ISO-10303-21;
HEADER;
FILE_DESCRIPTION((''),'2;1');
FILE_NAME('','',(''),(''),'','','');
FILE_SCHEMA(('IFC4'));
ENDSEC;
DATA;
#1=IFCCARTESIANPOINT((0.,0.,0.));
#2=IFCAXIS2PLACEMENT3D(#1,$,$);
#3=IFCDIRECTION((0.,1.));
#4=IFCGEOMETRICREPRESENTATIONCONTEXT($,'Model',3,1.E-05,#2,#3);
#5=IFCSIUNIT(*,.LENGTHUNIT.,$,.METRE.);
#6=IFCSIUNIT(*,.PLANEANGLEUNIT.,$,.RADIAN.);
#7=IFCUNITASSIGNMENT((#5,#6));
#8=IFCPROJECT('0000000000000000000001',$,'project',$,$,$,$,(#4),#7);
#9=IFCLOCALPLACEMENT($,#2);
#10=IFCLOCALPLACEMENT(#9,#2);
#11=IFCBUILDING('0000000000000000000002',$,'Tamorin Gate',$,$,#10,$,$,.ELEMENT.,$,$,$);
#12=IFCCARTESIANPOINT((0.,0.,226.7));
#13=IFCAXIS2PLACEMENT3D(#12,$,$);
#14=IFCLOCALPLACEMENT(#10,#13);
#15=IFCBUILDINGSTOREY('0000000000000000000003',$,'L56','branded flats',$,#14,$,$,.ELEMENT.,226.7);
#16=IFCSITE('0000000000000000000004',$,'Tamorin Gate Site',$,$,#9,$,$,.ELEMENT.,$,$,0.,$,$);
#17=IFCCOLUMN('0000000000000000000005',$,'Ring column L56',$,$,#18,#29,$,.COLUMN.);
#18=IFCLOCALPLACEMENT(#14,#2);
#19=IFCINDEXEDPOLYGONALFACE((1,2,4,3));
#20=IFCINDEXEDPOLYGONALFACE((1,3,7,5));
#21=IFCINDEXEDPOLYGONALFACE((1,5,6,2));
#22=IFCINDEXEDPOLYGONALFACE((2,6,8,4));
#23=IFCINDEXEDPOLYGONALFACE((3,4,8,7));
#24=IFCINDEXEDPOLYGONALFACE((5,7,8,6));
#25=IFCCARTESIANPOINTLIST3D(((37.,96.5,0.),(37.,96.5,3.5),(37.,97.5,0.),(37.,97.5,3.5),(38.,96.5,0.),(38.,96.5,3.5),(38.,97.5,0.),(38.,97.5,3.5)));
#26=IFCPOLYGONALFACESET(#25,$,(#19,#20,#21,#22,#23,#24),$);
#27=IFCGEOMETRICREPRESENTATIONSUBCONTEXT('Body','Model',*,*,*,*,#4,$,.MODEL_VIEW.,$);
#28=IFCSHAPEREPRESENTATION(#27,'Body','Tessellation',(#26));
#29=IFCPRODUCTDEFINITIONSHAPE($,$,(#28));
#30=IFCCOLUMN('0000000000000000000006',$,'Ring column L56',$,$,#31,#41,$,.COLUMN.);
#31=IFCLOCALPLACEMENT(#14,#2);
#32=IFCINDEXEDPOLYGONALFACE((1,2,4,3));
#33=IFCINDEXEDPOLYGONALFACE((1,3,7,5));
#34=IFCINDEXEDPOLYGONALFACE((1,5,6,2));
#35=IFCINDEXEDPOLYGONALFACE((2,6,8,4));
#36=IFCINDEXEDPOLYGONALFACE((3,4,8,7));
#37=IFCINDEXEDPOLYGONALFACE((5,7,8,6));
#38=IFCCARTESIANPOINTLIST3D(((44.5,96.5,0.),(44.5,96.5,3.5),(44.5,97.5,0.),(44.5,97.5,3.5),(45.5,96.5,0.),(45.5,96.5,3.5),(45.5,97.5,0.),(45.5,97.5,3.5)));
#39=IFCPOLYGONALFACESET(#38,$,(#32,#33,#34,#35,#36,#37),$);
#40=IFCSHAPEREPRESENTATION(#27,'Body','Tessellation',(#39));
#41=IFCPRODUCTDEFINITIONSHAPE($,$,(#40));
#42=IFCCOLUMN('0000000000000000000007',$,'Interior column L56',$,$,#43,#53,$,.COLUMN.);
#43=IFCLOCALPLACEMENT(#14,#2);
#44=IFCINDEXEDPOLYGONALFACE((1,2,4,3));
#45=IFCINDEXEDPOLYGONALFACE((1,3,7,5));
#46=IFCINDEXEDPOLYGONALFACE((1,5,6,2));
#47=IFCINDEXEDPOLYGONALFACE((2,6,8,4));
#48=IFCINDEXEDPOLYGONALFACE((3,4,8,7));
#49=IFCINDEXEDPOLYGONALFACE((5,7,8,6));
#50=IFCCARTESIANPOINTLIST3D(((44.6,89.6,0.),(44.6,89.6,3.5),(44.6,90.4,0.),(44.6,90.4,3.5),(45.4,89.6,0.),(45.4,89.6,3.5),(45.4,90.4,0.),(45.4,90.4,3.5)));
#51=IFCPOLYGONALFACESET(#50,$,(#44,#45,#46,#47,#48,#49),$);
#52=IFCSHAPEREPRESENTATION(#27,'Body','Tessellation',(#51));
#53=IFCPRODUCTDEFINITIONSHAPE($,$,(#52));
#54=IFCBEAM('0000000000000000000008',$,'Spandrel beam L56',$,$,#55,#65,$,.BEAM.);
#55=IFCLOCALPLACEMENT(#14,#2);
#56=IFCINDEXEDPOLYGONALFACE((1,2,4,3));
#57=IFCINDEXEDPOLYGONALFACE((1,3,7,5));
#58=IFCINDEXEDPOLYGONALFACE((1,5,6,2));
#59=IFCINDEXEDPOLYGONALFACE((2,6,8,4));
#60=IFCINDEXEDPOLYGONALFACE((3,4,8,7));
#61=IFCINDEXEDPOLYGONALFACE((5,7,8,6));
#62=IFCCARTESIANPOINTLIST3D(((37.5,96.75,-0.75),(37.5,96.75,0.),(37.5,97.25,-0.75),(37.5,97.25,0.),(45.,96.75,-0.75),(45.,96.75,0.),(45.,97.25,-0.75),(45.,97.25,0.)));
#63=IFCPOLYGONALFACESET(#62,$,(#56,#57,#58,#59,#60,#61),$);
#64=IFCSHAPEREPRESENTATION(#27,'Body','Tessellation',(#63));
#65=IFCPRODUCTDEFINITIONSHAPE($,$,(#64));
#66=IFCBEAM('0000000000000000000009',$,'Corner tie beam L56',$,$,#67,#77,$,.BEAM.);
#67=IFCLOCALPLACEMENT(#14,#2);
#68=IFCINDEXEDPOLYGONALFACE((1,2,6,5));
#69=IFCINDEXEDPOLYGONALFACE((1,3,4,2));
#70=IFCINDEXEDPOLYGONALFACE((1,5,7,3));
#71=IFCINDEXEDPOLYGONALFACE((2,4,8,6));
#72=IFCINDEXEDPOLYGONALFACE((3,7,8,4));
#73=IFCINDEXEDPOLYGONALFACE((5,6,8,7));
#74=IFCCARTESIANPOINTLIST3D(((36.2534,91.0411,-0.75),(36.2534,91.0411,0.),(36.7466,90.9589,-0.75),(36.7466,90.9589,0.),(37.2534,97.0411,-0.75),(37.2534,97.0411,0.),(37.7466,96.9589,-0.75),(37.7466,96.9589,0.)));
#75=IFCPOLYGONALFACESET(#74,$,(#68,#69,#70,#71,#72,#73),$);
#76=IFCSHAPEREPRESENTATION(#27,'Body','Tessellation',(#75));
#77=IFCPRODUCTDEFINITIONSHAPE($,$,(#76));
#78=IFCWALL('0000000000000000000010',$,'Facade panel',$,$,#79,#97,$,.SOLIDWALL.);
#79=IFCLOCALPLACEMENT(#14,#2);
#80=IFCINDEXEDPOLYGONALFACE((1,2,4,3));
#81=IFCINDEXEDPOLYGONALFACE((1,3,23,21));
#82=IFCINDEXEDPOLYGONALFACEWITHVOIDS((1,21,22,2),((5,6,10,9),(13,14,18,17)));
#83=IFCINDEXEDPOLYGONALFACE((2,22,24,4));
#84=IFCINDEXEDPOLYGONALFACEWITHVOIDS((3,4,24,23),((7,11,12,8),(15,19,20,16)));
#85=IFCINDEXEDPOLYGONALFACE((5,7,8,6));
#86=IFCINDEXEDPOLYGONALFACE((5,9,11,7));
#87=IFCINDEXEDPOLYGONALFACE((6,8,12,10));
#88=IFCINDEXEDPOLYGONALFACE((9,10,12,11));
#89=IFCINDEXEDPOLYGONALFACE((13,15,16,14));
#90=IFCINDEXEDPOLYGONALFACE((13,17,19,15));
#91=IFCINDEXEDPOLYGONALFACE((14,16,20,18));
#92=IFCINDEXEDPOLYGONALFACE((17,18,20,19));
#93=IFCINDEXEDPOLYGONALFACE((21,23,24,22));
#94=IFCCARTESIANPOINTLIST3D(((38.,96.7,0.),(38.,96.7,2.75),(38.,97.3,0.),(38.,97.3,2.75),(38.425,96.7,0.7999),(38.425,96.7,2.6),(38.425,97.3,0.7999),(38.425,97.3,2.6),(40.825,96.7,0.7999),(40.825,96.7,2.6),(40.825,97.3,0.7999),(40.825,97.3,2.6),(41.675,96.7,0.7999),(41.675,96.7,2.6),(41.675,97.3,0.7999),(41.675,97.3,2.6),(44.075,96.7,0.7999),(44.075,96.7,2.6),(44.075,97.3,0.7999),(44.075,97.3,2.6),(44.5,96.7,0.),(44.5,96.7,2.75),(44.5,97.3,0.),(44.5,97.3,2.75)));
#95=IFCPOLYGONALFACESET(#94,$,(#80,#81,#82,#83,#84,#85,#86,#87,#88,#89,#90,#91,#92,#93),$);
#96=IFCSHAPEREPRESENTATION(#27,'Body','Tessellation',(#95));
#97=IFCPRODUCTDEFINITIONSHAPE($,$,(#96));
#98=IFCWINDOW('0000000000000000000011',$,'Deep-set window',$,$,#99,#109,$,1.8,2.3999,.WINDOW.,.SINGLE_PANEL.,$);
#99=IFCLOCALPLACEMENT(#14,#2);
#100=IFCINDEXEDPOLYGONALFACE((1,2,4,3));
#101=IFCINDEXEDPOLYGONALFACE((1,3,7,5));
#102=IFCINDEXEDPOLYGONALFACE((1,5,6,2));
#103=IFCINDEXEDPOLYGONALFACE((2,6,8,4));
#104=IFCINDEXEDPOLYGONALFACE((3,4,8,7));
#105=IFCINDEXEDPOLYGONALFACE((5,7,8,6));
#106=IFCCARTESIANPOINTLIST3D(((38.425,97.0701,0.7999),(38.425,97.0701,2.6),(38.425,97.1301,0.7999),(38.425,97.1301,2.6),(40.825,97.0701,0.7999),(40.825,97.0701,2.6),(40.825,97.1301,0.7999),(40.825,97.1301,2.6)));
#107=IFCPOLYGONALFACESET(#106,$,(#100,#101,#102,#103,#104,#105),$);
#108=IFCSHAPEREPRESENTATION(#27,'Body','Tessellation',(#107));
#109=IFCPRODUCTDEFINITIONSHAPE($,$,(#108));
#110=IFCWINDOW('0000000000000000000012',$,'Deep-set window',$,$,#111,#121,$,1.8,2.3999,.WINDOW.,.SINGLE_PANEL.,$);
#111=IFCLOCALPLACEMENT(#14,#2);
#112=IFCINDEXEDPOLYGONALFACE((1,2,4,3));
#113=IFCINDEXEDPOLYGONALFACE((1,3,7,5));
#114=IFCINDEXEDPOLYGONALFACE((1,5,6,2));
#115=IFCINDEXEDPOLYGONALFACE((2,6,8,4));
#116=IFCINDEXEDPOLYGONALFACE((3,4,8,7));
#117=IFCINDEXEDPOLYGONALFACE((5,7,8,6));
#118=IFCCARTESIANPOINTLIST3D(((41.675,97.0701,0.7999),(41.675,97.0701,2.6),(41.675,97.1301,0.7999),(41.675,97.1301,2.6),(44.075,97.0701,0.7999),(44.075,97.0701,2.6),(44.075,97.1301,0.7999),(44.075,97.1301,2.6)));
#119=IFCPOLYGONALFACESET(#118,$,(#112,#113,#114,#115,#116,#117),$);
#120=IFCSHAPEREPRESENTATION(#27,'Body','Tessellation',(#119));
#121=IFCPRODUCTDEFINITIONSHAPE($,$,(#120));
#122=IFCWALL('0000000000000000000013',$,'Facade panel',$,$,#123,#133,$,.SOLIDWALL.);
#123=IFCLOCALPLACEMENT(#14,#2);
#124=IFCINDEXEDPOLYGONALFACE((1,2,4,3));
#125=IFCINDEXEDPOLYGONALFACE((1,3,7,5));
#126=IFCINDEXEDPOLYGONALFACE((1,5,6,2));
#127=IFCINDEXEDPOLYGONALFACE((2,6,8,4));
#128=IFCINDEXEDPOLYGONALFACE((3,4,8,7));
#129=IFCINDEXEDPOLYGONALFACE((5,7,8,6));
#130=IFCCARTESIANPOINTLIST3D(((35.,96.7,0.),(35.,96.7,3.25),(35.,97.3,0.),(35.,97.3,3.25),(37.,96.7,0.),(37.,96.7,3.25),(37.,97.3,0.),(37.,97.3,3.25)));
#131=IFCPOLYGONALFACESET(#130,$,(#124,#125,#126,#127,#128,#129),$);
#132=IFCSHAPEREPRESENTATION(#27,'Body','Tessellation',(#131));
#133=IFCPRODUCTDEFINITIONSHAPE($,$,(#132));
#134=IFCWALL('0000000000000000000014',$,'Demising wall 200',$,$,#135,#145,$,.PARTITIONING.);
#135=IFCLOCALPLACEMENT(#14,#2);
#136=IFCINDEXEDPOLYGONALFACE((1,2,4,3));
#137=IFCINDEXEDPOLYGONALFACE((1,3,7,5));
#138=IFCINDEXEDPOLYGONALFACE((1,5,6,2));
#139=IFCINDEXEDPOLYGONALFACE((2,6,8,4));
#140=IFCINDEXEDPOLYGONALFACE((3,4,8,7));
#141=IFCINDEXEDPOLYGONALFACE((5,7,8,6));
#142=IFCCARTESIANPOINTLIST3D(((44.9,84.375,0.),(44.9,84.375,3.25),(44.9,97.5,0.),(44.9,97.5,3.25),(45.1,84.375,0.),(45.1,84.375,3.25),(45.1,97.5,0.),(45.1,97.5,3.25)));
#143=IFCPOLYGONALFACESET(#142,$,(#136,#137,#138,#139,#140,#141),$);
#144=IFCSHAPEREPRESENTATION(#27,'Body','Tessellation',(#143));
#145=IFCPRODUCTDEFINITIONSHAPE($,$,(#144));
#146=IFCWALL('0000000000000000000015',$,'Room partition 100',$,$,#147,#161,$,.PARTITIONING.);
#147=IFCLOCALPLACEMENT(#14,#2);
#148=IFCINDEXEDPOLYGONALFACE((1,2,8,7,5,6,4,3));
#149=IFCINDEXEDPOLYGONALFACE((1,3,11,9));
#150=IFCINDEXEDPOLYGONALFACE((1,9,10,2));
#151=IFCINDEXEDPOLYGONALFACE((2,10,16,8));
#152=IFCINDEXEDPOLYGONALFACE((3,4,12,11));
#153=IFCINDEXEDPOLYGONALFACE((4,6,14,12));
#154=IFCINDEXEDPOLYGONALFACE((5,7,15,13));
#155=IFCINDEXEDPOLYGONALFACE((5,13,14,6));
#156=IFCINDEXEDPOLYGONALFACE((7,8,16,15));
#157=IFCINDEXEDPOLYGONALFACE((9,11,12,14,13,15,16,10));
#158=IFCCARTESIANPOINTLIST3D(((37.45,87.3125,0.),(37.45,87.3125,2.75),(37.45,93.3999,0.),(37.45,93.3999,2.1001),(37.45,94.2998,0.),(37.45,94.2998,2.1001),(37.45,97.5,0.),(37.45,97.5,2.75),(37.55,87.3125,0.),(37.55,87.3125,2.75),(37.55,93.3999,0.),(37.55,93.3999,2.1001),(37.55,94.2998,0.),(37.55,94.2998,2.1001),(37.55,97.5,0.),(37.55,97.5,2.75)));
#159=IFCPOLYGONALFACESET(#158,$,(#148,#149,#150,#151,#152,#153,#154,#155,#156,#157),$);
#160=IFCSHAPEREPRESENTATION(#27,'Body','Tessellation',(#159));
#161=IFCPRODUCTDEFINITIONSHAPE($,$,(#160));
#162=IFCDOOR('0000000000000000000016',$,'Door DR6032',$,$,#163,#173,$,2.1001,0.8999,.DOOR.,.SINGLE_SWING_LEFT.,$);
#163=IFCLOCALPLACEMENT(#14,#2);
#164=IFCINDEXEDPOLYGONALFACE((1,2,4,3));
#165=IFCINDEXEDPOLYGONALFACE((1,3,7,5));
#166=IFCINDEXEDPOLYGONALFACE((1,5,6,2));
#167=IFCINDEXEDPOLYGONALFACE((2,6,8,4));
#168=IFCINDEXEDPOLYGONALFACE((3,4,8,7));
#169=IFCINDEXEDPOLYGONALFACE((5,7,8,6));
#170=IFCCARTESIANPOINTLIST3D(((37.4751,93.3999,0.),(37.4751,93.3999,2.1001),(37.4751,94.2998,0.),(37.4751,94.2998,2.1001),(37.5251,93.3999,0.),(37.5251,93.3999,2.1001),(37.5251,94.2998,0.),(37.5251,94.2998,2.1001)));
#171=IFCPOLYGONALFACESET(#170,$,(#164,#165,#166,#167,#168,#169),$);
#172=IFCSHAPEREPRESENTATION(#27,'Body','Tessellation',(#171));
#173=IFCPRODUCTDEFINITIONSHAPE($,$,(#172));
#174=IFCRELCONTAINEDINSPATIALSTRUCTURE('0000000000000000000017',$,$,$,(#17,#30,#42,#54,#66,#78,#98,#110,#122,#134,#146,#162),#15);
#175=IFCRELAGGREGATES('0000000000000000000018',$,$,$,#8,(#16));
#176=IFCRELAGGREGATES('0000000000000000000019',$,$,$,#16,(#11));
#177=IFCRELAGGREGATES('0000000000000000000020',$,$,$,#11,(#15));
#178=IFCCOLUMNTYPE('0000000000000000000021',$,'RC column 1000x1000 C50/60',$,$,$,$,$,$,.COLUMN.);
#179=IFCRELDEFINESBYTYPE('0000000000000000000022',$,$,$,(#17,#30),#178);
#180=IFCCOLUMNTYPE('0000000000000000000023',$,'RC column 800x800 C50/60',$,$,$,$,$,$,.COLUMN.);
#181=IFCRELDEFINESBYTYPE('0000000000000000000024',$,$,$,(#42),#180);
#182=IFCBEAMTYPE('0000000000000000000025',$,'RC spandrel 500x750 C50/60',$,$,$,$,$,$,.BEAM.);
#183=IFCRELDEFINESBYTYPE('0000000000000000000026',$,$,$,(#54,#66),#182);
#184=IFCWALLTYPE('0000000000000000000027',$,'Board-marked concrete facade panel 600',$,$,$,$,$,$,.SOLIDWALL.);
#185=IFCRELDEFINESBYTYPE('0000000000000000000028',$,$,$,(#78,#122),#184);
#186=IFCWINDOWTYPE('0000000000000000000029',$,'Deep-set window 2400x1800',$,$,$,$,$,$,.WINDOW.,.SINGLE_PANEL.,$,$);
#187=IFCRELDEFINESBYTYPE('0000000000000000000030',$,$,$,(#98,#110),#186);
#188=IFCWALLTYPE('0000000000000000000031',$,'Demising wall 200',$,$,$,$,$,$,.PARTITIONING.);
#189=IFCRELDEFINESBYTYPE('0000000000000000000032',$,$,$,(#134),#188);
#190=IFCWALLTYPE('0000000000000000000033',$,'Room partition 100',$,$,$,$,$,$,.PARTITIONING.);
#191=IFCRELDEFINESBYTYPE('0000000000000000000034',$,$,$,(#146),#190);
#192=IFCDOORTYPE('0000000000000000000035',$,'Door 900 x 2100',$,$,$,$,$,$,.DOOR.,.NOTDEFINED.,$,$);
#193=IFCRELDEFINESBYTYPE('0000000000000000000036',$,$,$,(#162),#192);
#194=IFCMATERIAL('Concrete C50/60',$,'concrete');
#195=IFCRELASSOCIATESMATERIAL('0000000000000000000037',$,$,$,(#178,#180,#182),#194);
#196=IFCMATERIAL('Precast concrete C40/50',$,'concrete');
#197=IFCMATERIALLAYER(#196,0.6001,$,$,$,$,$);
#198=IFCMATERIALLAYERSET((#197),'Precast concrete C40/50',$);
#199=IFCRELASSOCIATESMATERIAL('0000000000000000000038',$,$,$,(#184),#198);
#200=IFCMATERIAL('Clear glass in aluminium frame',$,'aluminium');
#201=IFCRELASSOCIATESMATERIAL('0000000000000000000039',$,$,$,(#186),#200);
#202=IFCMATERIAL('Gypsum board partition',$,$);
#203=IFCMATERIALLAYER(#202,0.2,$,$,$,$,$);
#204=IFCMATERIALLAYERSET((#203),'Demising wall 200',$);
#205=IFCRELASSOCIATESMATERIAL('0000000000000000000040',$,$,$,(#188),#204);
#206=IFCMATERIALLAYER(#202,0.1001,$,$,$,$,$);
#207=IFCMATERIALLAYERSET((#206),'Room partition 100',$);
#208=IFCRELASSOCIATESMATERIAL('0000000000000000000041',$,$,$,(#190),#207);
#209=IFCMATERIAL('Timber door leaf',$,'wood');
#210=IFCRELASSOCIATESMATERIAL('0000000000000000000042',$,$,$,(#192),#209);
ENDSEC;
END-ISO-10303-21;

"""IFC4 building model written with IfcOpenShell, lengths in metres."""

from ifc_helpers import new_model, si_unit, direction, frame, frame_2d, origin, origin_2d, place, context, subcontext, project, spatial, rectangle, extrude, material, layer, layer_set, material_profile, profile_set, type_object, element, fill, save


model = new_model("IFC4")

# Units and contexts
model_context = context("Model", 3, precision=1e-05, world=origin(), true_north=direction((0.0, 1.0)))
body_context = subcontext(model_context, "Body", "Model", "MODEL_VIEW")
ifc_project = project(units=[si_unit("LENGTHUNIT", "METRE"), si_unit("PLANEANGLEUNIT", "RADIAN")], contexts=[model_context])

# Site, building, storey
site_placement = place(None, origin())
site = spatial("IfcSite", under=ifc_project, at=site_placement, Name="Tamorin Gate Site", CompositionType="ELEMENT", RefElevation=0.0)
building_placement = place(site_placement, origin())
building = spatial("IfcBuilding", under=site, at=building_placement, Name="Tamorin Gate", CompositionType="ELEMENT")
storey_placement = place(building_placement, frame((0.0, 0.0, 226.7)))
storey = spatial("IfcBuildingStorey", under=building, at=storey_placement, Name="L56", Description="branded flats", CompositionType="ELEMENT", Elevation=226.7)

# Columns
ifc_material_1 = material(Name="Concrete C50/60", Category="concrete")
ifc_material_profile_1 = material_profile(ifc_material_1, rectangle(XDim=1.0, YDim=1.0, at=origin_2d()), Name="RC 1000x1000")
ifc_profile_set_1 = profile_set([ifc_material_profile_1], Name="Concrete C50/60")
column_type_1 = type_object("IfcColumnType", Name="RC column 1000x1000 C50/60", PredefinedType="COLUMN", material=ifc_profile_set_1)
for number, where, z_axis, x_axis, name in (
    (1, (37.5, 97.0, 0.0), (0.0, 0.0, 1.0), (1.0, 0.0, 0.0), "Ring column L56"),
    (2, (45.0, 97.0, 0.0), (0.0, 0.0, 1.0), (1.0, 0.0, 0.0), "Ring column L56"),
):
    element("IfcColumn", number, at=place(storey_placement, frame(where, z_axis=z_axis, x_axis=x_axis)), inside=storey, type_object=column_type_1, Name=name, PredefinedType="COLUMN", context=body_context, shape_type="SweptSolid", body=[
        extrude(rectangle(XDim=1.0, YDim=1.0, at=origin_2d()), origin(), (0.0, 0.0, 1.0), 3.5),
    ])
ifc_material_profile_2 = material_profile(ifc_material_1, rectangle(XDim=0.8, YDim=0.8, at=origin_2d()), Name="RC 800x800")
ifc_profile_set_2 = profile_set([ifc_material_profile_2], Name="Concrete C50/60")
column_type_2 = type_object("IfcColumnType", Name="RC column 800x800 C50/60", PredefinedType="COLUMN", material=ifc_profile_set_2)
column_placement = place(storey_placement, frame((45.0, 90.0, 0.0), z_axis=(0.0, 0.0, 1.0), x_axis=(1.0, 0.0, 0.0)))
element("IfcColumn", 3, at=column_placement, inside=storey, type_object=column_type_2, Name="Interior column L56", PredefinedType="COLUMN", context=body_context, shape_type="SweptSolid", body=[
    extrude(rectangle(XDim=0.8, YDim=0.8, at=origin_2d()), origin(), (0.0, 0.0, 1.0), 3.5),
])

# Beams
ifc_material_profile_3 = material_profile(ifc_material_1, rectangle(XDim=0.5, YDim=0.75, at=origin_2d()), Name="RC 500x750")
ifc_profile_set_3 = profile_set([ifc_material_profile_3], Name="Concrete C50/60")
beam_type = type_object("IfcBeamType", Name="RC spandrel 500x750 C50/60", PredefinedType="BEAM", material=ifc_profile_set_3)
beam_1_placement = place(storey_placement, frame((45.0, 97.0, -0.375), z_axis=(-1.0, 0.0, 0.0), x_axis=(0.0, -1.0, 0.0)))
element("IfcBeam", 4, at=beam_1_placement, inside=storey, type_object=beam_type, Name="Spandrel beam L56", PredefinedType="BEAM", context=body_context, shape_type="SweptSolid", body=[
    extrude(rectangle(XDim=0.5, YDim=0.75, at=origin_2d()), origin(), (0.0, 0.0, 1.0), 7.5),
])
beam_2_placement = place(storey_placement, frame((36.5, 91.0, -0.375), z_axis=(0.164399, 0.986394, 0.0), x_axis=(-0.986394, 0.164399, 0.0)))
element("IfcBeam", 5, at=beam_2_placement, inside=storey, type_object=beam_type, Name="Corner tie beam L56", PredefinedType="BEAM", context=body_context, shape_type="SweptSolid", body=[
    extrude(rectangle(XDim=0.5, YDim=0.75, at=origin_2d()), origin(), (0.0, 0.0, 1.0), 6.0828),
])

# Wall, openings, windows
ifc_material_2 = material(Name="Precast concrete C40/50", Category="concrete")
ifc_layer_1 = layer(ifc_material_2, 0.6001)
ifc_layer_set_1 = layer_set([ifc_layer_1], Name="Precast concrete C40/50")
wall_type_1 = type_object("IfcWallType", Name="Board-marked concrete facade panel 600", PredefinedType="SOLIDWALL", material=ifc_layer_set_1)
wall_1_placement = place(storey_placement, frame((44.5, 97.0, 0.0), z_axis=(0.0, 0.0, 1.0), x_axis=(-1.0, 0.0, 0.0)))
wall_1 = element("IfcWall", 6, at=wall_1_placement, inside=storey, type_object=wall_type_1, Name="Facade panel", PredefinedType="SOLIDWALL", context=body_context, shape_type="SweptSolid", body=[
    extrude(rectangle(XDim=6.5, YDim=0.6001, at=frame_2d((3.25, 0.0))), origin(), (0.0, 0.0, 1.0), 2.75),
])
opening_1_placement = place(wall_1_placement, frame((3.675, 0.0, 0.8)))
opening_1 = element("IfcOpeningElement", 7, at=opening_1_placement, cuts=wall_1, PredefinedType="OPENING", context=body_context, shape_type="SweptSolid", body=[
    extrude(rectangle(XDim=2.3999, YDim=1.8, at=frame_2d((1.2, 0.8999))), frame((0.0, 0.3101, 0.0), z_axis=(0.0, -1.0, 0.0), x_axis=(1.0, 0.0, 0.0)), (0.0, 0.0, 1.0), 0.6201),
])
opening_2_placement = place(wall_1_placement, frame((0.425, 0.0, 0.8)))
opening_2 = element("IfcOpeningElement", 8, at=opening_2_placement, cuts=wall_1, PredefinedType="OPENING", context=body_context, shape_type="SweptSolid", body=[
    extrude(rectangle(XDim=2.3999, YDim=1.8, at=frame_2d((1.2, 0.8999))), frame((0.0, 0.3101, 0.0), z_axis=(0.0, -1.0, 0.0), x_axis=(1.0, 0.0, 0.0)), (0.0, 0.0, 1.0), 0.6201),
])
ifc_material_3 = material(Name="Clear glass in aluminium frame", Category="aluminium")
window_type = type_object("IfcWindowType", Name="Deep-set window 2400x1800", PartitioningType="SINGLE_PANEL", PredefinedType="WINDOW", material=ifc_material_3)
window_1_placement = place(opening_1_placement, origin())
window_1 = element("IfcWindow", 9, at=window_1_placement, inside=storey, type_object=window_type, Name="Deep-set window", OverallHeight=1.8, OverallWidth=2.3999, PartitioningType="SINGLE_PANEL", PredefinedType="WINDOW", context=body_context, shape_type="SweptSolid", body=[
    extrude(rectangle(XDim=2.3999, YDim=1.8, at=frame_2d((1.2, 0.8999))), frame((0.0, -0.0701, 0.0), z_axis=(0.0, -1.0, 0.0), x_axis=(1.0, 0.0, 0.0)), (0.0, 0.0, 1.0), 0.0601),
])
fill(opening_1, window_1)
window_2_placement = place(opening_2_placement, origin())
window_2 = element("IfcWindow", 10, at=window_2_placement, inside=storey, type_object=window_type, Name="Deep-set window", OverallHeight=1.8, OverallWidth=2.3999, PartitioningType="SINGLE_PANEL", PredefinedType="WINDOW", context=body_context, shape_type="SweptSolid", body=[
    extrude(rectangle(XDim=2.3999, YDim=1.8, at=frame_2d((1.2, 0.8999))), frame((0.0, -0.0701, 0.0), z_axis=(0.0, -1.0, 0.0), x_axis=(1.0, 0.0, 0.0)), (0.0, 0.0, 1.0), 0.0601),
])
fill(opening_2, window_2)

# Walls
wall_2_placement = place(storey_placement, frame((37.0, 97.0, 0.0), z_axis=(0.0, 0.0, 1.0), x_axis=(-1.0, 0.0, 0.0)))
element("IfcWall", 11, at=wall_2_placement, inside=storey, type_object=wall_type_1, Name="Facade panel", PredefinedType="SOLIDWALL", context=body_context, shape_type="SweptSolid", body=[
    extrude(rectangle(XDim=2.0, YDim=0.6001, at=frame_2d((1.0, 0.0))), origin(), (0.0, 0.0, 1.0), 3.25),
])
ifc_material_4 = material(Name="Gypsum board partition")
ifc_layer_2 = layer(ifc_material_4, 0.2)
ifc_layer_set_2 = layer_set([ifc_layer_2], Name="Demising wall 200")
wall_type_2 = type_object("IfcWallType", Name="Demising wall 200", PredefinedType="PARTITIONING", material=ifc_layer_set_2)
wall_3_placement = place(storey_placement, frame((45.0, 84.375, 0.0), z_axis=(0.0, 0.0, 1.0), x_axis=(0.0, 1.0, 0.0)))
element("IfcWall", 12, at=wall_3_placement, inside=storey, type_object=wall_type_2, Name="Demising wall 200", PredefinedType="PARTITIONING", context=body_context, shape_type="SweptSolid", body=[
    extrude(rectangle(XDim=13.125, YDim=0.2, at=frame_2d((6.5625, 0.0))), origin(), (0.0, 0.0, 1.0), 3.25),
])

# Wall, opening, door
ifc_layer_3 = layer(ifc_material_4, 0.1001)
ifc_layer_set_3 = layer_set([ifc_layer_3], Name="Room partition 100")
wall_type_3 = type_object("IfcWallType", Name="Room partition 100", PredefinedType="PARTITIONING", material=ifc_layer_set_3)
wall_4_placement = place(storey_placement, frame((37.5, 87.3125, 0.0), z_axis=(0.0, 0.0, 1.0), x_axis=(0.0, 1.0, 0.0)))
wall_4 = element("IfcWall", 13, at=wall_4_placement, inside=storey, type_object=wall_type_3, Name="Room partition 100", PredefinedType="PARTITIONING", context=body_context, shape_type="SweptSolid", body=[
    extrude(rectangle(XDim=10.1875, YDim=0.1001, at=frame_2d((5.0938, 0.0))), origin(), (0.0, 0.0, 1.0), 2.75),
])
opening_3_placement = place(wall_4_placement, frame((6.0874, 0.0, 0.0)))
opening_3 = element("IfcOpeningElement", 14, at=opening_3_placement, cuts=wall_4, PredefinedType="OPENING", context=body_context, shape_type="SweptSolid", body=[
    extrude(rectangle(XDim=0.8999, YDim=2.1001, at=frame_2d((0.45, 1.05))), frame((0.0, 0.0601, 0.0), z_axis=(0.0, -1.0, 0.0), x_axis=(1.0, 0.0, 0.0)), (0.0, 0.0, 1.0), 0.1201),
])
ifc_material_5 = material(Name="Timber door leaf", Category="wood")
door_type = type_object("IfcDoorType", Name="Door 900 x 2100", OperationType="NOTDEFINED", PredefinedType="DOOR", material=ifc_material_5)
door_1_placement = place(opening_3_placement, origin())
door_1 = element("IfcDoor", 15, at=door_1_placement, inside=storey, type_object=door_type, Name="Door DR6032", OperationType="SINGLE_SWING_LEFT", OverallHeight=2.1001, OverallWidth=0.8999, PredefinedType="DOOR", context=body_context, shape_type="SweptSolid", body=[
    extrude(rectangle(XDim=0.8999, YDim=2.1001, at=frame_2d((0.45, 1.05))), frame((0.0, 0.0249, 0.0), z_axis=(0.0, -1.0, 0.0), x_axis=(1.0, 0.0, 0.0)), (0.0, 0.0, 1.0), 0.05),
])
fill(opening_3, door_1)

save(model, "model.ifc")
